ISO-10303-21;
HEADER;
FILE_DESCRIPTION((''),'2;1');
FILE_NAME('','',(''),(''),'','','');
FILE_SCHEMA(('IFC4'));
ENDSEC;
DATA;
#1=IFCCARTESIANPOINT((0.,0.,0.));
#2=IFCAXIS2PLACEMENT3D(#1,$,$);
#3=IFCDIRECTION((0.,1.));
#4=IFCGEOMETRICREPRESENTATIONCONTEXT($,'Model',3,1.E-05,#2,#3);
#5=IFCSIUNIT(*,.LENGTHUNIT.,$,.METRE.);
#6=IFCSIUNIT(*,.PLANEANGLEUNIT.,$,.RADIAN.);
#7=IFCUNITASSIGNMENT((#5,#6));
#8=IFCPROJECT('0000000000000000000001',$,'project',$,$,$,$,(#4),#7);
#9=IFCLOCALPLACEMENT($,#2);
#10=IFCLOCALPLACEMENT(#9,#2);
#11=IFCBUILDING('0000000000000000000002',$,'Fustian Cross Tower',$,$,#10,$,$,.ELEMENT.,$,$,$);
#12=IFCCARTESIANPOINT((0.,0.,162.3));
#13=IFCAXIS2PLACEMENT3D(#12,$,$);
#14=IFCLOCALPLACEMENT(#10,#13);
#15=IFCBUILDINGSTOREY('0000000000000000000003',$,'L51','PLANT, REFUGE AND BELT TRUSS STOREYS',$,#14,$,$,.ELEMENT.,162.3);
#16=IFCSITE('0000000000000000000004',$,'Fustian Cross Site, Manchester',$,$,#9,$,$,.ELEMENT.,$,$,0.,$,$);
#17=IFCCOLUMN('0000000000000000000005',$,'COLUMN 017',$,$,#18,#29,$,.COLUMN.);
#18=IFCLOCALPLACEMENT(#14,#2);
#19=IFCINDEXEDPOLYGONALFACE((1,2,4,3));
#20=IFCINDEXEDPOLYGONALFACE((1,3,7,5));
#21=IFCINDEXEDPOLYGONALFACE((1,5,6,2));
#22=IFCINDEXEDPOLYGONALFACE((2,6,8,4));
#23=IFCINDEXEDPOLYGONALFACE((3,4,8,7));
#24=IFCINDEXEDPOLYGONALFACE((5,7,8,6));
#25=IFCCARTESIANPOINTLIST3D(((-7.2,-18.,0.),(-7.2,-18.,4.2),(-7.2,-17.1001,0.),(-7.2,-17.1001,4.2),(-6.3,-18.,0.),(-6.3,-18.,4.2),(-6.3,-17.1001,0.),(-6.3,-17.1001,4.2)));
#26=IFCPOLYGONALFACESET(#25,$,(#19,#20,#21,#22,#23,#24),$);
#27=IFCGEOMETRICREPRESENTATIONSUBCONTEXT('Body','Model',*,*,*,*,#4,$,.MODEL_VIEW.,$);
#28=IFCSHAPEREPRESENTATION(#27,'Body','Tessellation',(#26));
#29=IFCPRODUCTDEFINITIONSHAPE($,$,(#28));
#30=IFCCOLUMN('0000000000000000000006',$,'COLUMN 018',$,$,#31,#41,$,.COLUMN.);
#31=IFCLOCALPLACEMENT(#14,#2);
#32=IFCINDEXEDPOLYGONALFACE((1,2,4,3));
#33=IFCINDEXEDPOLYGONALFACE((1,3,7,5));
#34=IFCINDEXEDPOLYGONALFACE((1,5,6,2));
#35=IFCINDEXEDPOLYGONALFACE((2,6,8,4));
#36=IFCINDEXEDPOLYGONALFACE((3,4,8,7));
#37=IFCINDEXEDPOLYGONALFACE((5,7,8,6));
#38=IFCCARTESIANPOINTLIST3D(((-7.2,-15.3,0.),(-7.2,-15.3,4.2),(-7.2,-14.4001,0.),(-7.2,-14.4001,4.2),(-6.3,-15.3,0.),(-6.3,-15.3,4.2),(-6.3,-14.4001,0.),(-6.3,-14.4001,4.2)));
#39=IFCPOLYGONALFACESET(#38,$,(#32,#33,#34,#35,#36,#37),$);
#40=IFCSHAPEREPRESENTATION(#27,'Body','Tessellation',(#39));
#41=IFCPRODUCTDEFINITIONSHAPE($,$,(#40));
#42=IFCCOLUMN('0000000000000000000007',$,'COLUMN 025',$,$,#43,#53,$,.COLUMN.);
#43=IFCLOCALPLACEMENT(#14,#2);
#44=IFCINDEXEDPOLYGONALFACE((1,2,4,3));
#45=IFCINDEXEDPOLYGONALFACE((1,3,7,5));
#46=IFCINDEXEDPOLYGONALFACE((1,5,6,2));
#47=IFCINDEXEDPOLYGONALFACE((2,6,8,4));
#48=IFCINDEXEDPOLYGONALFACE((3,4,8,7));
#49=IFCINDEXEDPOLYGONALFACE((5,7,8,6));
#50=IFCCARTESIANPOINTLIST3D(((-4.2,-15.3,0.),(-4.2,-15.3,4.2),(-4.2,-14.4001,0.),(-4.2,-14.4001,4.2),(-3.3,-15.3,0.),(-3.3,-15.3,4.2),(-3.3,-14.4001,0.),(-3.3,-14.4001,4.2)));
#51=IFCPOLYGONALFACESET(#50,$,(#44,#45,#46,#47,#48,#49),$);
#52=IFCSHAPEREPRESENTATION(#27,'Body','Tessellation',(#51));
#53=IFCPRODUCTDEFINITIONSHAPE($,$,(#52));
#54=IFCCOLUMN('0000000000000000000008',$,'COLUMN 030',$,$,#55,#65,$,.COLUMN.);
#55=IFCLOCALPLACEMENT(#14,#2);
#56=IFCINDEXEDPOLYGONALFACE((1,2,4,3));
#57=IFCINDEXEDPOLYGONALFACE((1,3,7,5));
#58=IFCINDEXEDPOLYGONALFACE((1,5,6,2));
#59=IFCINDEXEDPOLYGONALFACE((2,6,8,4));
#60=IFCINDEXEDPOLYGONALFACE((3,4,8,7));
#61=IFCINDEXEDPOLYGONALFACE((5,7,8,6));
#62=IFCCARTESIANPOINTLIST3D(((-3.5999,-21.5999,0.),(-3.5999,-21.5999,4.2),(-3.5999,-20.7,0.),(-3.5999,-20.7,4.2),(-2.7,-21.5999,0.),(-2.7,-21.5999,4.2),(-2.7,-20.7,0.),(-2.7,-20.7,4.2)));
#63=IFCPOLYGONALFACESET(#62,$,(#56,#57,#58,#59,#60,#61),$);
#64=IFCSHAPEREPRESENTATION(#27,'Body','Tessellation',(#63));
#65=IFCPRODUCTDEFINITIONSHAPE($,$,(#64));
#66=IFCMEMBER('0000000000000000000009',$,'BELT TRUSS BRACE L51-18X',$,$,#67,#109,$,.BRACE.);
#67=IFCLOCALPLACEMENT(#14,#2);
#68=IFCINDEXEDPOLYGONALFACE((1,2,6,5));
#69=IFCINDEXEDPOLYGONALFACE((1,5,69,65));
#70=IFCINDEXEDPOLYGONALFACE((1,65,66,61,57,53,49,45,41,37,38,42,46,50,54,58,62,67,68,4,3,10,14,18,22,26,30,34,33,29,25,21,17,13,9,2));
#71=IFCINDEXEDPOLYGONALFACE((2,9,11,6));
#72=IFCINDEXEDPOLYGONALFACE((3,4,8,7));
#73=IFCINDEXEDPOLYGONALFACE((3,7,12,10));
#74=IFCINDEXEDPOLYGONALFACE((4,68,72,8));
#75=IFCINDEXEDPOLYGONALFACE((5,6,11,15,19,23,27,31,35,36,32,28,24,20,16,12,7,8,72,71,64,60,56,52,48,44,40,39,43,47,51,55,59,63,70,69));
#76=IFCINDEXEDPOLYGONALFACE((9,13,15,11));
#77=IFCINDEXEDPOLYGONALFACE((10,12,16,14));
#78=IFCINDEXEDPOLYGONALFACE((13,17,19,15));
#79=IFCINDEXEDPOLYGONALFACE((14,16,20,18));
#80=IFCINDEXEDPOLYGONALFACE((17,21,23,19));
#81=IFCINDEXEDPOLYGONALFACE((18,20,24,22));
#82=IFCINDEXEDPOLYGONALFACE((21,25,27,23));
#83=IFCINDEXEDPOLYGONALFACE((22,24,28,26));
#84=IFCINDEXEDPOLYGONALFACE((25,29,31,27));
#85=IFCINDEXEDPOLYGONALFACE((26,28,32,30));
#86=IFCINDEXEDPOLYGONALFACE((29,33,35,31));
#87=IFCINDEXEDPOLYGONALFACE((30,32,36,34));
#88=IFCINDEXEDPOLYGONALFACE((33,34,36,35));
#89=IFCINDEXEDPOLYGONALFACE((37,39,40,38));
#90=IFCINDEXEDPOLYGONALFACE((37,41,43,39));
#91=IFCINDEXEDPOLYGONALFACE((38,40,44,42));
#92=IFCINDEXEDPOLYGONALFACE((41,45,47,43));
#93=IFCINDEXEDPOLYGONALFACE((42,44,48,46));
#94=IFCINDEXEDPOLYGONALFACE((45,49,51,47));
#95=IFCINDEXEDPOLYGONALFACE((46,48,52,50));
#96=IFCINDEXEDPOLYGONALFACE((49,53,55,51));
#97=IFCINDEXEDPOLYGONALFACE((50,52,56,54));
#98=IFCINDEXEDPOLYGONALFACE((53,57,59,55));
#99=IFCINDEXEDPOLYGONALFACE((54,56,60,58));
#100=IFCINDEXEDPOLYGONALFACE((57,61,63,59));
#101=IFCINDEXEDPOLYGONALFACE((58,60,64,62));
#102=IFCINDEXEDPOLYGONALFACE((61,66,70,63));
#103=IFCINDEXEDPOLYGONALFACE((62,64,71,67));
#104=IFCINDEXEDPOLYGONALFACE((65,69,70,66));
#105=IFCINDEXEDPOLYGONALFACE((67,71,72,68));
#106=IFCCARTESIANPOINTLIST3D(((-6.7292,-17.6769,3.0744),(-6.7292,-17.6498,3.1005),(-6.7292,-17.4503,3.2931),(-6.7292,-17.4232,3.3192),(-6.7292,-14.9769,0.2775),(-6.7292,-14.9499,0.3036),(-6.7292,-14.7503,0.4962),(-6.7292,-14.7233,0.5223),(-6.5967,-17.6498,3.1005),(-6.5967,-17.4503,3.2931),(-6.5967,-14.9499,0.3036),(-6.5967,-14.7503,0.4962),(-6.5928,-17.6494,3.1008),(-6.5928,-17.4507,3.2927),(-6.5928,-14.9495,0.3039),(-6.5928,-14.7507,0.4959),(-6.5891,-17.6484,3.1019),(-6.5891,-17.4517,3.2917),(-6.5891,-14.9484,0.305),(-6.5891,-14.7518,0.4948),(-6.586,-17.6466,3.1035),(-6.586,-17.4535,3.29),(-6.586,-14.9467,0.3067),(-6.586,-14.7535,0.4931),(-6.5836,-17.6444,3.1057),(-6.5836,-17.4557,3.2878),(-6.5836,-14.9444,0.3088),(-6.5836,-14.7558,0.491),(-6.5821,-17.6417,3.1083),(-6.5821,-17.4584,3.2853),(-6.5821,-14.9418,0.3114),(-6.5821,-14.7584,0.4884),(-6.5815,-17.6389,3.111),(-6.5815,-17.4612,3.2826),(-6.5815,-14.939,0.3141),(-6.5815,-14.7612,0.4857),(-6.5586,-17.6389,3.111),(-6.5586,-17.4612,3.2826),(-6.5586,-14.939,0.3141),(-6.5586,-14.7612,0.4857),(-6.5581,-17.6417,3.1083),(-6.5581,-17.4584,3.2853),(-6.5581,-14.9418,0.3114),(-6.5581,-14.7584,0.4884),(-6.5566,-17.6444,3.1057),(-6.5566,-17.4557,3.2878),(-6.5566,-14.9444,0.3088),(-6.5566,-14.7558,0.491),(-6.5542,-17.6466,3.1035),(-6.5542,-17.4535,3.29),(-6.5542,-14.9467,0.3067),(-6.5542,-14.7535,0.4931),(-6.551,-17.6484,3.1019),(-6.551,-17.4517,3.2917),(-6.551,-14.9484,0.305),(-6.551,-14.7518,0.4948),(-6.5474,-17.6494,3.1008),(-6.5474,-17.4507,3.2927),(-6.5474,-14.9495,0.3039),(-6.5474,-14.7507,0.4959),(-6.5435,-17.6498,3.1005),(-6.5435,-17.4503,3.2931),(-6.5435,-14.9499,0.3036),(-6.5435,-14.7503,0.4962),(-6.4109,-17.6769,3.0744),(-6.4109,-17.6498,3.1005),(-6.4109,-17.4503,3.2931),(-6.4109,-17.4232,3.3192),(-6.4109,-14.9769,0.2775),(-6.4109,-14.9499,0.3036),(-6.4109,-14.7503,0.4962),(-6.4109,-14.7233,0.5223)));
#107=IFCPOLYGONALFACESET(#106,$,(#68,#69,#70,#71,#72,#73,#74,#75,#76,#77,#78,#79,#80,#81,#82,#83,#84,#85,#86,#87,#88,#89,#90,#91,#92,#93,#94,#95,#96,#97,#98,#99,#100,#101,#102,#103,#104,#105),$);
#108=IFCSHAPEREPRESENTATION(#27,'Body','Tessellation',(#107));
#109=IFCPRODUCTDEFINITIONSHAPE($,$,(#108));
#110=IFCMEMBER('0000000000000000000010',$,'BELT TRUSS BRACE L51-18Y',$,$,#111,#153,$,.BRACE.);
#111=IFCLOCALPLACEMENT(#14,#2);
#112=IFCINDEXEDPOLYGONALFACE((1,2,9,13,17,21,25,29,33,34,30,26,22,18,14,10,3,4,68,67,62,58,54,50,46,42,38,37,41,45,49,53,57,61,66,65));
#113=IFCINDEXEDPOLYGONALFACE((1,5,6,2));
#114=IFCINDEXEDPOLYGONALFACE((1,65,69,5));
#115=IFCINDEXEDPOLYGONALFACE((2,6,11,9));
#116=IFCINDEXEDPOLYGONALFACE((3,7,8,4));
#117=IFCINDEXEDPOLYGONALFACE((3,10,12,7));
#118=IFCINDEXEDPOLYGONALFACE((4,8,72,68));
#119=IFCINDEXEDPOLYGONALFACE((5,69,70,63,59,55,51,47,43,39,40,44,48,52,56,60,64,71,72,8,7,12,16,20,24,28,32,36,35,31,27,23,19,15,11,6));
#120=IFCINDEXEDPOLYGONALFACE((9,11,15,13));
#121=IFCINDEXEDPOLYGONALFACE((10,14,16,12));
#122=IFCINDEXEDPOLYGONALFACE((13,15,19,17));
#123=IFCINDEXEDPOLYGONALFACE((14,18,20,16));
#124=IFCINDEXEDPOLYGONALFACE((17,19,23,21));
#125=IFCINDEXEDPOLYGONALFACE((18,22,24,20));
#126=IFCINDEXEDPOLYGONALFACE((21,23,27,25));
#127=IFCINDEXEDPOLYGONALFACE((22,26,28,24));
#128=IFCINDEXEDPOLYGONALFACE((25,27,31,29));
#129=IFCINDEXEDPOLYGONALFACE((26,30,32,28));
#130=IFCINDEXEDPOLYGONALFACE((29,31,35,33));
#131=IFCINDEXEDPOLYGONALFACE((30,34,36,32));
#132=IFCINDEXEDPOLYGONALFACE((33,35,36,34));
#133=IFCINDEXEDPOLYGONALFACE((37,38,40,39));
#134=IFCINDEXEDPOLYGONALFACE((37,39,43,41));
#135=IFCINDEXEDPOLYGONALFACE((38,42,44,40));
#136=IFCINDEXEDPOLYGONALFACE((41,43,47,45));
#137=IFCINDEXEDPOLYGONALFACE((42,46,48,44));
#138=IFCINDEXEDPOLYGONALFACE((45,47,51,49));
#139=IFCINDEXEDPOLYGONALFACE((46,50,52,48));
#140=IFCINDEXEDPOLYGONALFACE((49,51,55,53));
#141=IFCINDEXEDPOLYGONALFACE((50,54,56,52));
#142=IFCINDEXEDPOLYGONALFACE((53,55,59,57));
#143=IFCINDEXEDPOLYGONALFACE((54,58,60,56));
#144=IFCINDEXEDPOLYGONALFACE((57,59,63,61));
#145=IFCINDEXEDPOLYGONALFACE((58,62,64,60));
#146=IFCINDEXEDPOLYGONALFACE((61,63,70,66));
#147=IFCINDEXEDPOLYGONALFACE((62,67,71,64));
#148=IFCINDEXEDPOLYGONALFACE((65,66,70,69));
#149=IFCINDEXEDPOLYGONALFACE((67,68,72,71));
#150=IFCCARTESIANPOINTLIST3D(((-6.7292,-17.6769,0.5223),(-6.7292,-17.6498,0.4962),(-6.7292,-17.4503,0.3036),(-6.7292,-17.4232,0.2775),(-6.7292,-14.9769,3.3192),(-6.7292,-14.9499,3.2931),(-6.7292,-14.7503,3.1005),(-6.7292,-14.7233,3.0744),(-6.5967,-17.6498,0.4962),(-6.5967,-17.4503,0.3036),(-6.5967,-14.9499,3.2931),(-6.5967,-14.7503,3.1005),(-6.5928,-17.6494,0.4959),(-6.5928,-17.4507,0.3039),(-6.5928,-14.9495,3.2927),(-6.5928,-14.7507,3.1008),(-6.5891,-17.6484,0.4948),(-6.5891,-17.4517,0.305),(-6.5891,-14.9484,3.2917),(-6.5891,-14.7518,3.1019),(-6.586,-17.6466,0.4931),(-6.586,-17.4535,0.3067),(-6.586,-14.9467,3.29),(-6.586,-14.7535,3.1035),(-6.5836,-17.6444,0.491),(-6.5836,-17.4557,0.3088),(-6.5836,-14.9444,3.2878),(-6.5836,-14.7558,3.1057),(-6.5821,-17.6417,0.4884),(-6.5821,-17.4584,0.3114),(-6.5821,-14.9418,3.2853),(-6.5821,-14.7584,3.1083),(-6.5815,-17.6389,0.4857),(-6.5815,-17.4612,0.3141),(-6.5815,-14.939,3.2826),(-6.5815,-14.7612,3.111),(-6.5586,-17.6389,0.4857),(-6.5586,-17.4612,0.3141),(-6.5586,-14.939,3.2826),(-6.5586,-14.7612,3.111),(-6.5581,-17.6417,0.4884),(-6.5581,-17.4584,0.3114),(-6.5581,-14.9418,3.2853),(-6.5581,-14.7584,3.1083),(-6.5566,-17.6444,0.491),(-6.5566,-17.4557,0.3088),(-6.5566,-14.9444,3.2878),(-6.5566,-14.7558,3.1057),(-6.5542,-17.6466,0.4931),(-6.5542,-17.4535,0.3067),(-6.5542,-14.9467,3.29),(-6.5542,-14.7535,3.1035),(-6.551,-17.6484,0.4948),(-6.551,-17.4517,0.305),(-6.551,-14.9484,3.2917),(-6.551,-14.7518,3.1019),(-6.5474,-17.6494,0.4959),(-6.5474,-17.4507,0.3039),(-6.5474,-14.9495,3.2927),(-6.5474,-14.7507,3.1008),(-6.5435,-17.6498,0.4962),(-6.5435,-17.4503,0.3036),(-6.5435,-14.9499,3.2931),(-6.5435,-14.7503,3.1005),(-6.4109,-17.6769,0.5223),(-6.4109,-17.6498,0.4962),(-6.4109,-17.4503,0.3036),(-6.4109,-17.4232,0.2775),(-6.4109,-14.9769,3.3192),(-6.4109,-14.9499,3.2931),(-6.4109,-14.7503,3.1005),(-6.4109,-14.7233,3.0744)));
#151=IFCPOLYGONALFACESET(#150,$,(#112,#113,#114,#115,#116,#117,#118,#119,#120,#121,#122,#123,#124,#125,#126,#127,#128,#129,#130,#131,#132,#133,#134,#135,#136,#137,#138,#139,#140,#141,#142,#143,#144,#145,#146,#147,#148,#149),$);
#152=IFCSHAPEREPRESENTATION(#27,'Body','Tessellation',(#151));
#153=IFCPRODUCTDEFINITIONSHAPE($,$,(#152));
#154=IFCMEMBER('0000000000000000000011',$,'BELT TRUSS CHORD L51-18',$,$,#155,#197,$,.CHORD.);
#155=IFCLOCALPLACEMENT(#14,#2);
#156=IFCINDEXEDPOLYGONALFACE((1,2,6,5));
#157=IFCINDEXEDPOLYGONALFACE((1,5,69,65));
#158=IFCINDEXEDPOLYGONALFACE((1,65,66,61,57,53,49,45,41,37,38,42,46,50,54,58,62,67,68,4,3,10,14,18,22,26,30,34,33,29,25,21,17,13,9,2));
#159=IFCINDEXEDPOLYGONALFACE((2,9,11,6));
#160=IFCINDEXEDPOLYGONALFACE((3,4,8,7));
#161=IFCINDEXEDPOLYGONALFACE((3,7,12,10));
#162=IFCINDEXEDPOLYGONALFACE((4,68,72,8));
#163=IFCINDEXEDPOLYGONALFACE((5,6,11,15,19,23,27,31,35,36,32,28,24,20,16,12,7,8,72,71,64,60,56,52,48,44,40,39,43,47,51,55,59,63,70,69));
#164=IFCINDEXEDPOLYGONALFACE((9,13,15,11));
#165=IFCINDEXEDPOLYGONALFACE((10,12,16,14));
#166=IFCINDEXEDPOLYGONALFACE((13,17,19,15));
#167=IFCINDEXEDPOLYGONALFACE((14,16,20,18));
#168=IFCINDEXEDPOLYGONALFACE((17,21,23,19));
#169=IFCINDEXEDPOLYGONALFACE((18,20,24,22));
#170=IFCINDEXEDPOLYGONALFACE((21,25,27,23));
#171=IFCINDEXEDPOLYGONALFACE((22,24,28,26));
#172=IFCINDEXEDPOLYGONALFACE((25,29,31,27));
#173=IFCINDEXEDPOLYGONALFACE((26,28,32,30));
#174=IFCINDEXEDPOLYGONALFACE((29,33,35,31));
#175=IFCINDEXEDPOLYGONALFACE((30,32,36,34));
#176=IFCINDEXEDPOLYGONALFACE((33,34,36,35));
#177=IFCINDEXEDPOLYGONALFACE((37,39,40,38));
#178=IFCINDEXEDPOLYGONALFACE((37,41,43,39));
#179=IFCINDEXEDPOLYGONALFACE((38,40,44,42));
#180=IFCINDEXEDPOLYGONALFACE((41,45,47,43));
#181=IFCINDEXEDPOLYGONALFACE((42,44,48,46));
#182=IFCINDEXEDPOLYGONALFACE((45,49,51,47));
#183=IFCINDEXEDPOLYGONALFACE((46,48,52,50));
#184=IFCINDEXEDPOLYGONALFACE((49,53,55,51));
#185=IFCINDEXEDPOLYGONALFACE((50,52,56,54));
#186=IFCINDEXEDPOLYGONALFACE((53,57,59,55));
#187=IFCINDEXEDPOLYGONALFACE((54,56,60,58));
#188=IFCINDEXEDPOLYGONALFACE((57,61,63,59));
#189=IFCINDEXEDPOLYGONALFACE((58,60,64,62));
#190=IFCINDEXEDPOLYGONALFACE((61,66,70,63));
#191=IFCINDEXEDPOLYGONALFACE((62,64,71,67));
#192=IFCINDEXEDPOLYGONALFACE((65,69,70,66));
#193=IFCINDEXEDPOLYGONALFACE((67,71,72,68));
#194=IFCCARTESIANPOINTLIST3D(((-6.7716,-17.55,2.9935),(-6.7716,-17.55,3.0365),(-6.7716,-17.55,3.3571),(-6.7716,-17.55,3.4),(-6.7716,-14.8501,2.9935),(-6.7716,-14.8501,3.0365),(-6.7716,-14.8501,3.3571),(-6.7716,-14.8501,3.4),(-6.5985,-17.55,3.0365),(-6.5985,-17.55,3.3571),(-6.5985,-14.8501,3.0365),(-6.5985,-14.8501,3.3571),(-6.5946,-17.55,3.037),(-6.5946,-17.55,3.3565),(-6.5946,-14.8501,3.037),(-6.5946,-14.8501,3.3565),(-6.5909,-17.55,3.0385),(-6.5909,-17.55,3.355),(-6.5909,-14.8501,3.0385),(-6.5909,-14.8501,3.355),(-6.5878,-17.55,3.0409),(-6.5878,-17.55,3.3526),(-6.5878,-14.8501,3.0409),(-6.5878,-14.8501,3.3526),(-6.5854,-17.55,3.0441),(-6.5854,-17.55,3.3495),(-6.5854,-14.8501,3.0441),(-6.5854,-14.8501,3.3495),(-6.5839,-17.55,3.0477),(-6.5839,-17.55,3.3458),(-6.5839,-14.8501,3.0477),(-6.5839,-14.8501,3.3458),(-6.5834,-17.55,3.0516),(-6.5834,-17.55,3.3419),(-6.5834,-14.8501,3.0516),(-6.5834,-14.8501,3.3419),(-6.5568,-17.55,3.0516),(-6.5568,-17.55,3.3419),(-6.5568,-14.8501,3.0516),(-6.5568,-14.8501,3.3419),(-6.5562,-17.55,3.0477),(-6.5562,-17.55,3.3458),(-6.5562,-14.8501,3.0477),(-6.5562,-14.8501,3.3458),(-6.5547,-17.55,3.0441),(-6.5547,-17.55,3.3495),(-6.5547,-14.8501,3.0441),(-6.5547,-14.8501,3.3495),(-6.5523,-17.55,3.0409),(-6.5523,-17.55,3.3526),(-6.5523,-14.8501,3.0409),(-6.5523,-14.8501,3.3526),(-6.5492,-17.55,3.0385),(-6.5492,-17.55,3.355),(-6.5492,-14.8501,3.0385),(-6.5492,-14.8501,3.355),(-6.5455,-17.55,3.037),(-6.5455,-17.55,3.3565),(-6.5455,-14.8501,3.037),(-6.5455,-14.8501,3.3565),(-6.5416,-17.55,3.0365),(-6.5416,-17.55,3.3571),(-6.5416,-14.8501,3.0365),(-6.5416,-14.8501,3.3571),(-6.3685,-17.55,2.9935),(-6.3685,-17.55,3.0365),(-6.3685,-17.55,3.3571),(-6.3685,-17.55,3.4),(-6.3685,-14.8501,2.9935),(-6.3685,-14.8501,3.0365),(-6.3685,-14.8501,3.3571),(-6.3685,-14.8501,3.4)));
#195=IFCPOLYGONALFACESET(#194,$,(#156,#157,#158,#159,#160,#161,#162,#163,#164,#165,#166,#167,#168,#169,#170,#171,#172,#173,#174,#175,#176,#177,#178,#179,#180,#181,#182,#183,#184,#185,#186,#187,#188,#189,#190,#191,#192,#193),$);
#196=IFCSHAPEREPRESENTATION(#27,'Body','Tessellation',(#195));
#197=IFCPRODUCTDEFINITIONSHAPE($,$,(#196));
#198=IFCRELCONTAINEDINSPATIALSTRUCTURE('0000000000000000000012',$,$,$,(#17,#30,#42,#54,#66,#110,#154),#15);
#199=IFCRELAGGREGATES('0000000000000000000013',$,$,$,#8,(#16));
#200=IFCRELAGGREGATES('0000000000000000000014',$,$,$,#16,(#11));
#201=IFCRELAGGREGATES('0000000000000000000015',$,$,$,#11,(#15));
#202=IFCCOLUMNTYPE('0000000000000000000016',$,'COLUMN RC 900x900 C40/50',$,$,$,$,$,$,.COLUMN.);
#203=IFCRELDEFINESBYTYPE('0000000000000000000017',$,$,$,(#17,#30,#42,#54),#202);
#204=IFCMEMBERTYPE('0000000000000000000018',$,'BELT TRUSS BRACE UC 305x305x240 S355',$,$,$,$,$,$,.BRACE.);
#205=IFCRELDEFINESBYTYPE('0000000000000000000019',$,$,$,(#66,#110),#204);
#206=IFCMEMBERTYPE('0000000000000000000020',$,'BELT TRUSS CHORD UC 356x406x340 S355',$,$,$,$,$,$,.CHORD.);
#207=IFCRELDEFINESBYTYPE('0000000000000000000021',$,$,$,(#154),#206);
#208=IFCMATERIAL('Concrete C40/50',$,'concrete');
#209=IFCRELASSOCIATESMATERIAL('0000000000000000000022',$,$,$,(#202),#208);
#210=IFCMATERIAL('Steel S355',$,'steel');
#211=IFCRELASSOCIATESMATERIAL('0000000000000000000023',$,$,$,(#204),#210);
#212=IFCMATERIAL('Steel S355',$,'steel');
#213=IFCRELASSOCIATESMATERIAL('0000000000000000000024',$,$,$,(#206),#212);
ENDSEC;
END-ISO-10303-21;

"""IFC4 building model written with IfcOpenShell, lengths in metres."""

from ifc_helpers import new_model, si_unit, direction, frame, origin, origin_2d, place, context, subcontext, project, spatial, rectangle, i_section, extrude, material, material_profile, profile_set, type_object, element, save


model = new_model("IFC4")

# Units and contexts
model_context = context("Model", 3, precision=1e-05, world=origin(), true_north=direction((0.0, 1.0)))
body_context = subcontext(model_context, "Body", "Model", "MODEL_VIEW")
ifc_project = project(units=[si_unit("LENGTHUNIT", "METRE"), si_unit("PLANEANGLEUNIT", "RADIAN")], contexts=[model_context])

# Site, building, storey
site_placement = place(None, origin())
site = spatial("IfcSite", under=ifc_project, at=site_placement, Name="Fustian Cross Site, Manchester", CompositionType="ELEMENT", RefElevation=0.0)
building_placement = place(site_placement, origin())
building = spatial("IfcBuilding", under=site, at=building_placement, Name="Fustian Cross Tower", CompositionType="ELEMENT")
storey_placement = place(building_placement, frame((0.0, 0.0, 162.3)))
storey = spatial("IfcBuildingStorey", under=building, at=storey_placement, Name="L51", Description="PLANT, REFUGE AND BELT TRUSS STOREYS", CompositionType="ELEMENT", Elevation=162.3)

# Columns
ifc_material_1 = material(Name="Concrete C40/50", Category="concrete")
ifc_material_profile_1 = material_profile(ifc_material_1, rectangle(XDim=0.8999, YDim=0.8999, at=origin_2d()), Name="RC 900x900")
ifc_profile_set_1 = profile_set([ifc_material_profile_1], Name="Concrete C40/50")
column_type = type_object("IfcColumnType", Name="COLUMN RC 900x900 C40/50", PredefinedType="COLUMN", material=ifc_profile_set_1)
for number, where, z_axis, x_axis, name in (
    (1, (-6.75, -17.55, 0.0), (0.0, 0.0, 1.0), (1.0, 0.0, 0.0), "COLUMN 017"),
    (2, (-6.75, -14.8501, 0.0), (0.0, 0.0, 1.0), (1.0, 0.0, 0.0), "COLUMN 018"),
    (3, (-3.75, -14.8501, 0.0), (0.0, 0.0, 1.0), (1.0, 0.0, 0.0), "COLUMN 025"),
    (4, (-3.1499, -21.1499, 0.0), (0.0, 0.0, 1.0), (1.0, 0.0, 0.0), "COLUMN 030"),
):
    element("IfcColumn", number, at=place(storey_placement, frame(where, z_axis=z_axis, x_axis=x_axis)), inside=storey, type_object=column_type, Name=name, PredefinedType="COLUMN", context=body_context, shape_type="SweptSolid", body=[
        extrude(rectangle(XDim=0.8999, YDim=0.8999, at=origin_2d()), origin(), (0.0, 0.0, 1.0), 4.2),
    ])

# Members
ifc_material_2 = material(Name="Steel S355", Category="steel")
ifc_material_profile_2 = material_profile(ifc_material_2, i_section(OverallWidth=0.3184, OverallDepth=0.3525, WebThickness=0.0229, FlangeThickness=0.0376, FilletRadius=0.0151, at=origin_2d()), Name="UC 305x305x240")
ifc_profile_set_2 = profile_set([ifc_material_profile_2], Name="Steel S355")
member_type_1 = type_object("IfcMemberType", Name="BELT TRUSS BRACE UC 305x305x240 S355", PredefinedType="BRACE", material=ifc_profile_set_2)
for number, where, z_axis, x_axis, name in (
    (5, (-6.5701, -14.8501, 0.3999), (0.0, -0.694531, 0.719463), (1.0, 0.0, 0.0), "BELT TRUSS BRACE L51-18X"),
    (6, (-6.5701, -14.8501, 3.1968), (0.0, -0.694531, -0.719463), (1.0, 0.0, 0.0), "BELT TRUSS BRACE L51-18Y"),
):
    element("IfcMember", number, at=place(storey_placement, frame(where, z_axis=z_axis, x_axis=x_axis)), inside=storey, type_object=member_type_1, Name=name, PredefinedType="BRACE", context=body_context, shape_type="SweptSolid", body=[
        extrude(i_section(OverallWidth=0.3184, OverallDepth=0.3525, WebThickness=0.0229, FlangeThickness=0.0376, FilletRadius=0.0151, at=origin_2d()), origin(), (0.0, 0.0, 1.0), 3.8875),
    ])
ifc_material_3 = material(Name="Steel S355", Category="steel")
ifc_material_profile_3 = material_profile(ifc_material_3, i_section(OverallWidth=0.4031, OverallDepth=0.4065, WebThickness=0.0266, FlangeThickness=0.043, FilletRadius=0.0151, at=origin_2d()), Name="UC 356x406x340")
ifc_profile_set_3 = profile_set([ifc_material_profile_3], Name="Steel S355")
member_type_2 = type_object("IfcMemberType", Name="BELT TRUSS CHORD UC 356x406x340 S355", PredefinedType="CHORD", material=ifc_profile_set_3)
for number, where, z_axis, x_axis, name in (
    (7, (-6.5701, -14.8501, 3.1968), (0.0, -1.0, 0.0), (1.0, 0.0, 0.0), "BELT TRUSS CHORD L51-18"),
):
    element("IfcMember", number, at=place(storey_placement, frame(where, z_axis=z_axis, x_axis=x_axis)), inside=storey, type_object=member_type_2, Name=name, PredefinedType="CHORD", context=body_context, shape_type="SweptSolid", body=[
        extrude(i_section(OverallWidth=0.4031, OverallDepth=0.4065, WebThickness=0.0266, FlangeThickness=0.043, FilletRadius=0.0151, at=origin_2d()), origin(), (0.0, 0.0, 1.0), 2.7),
    ])

save(model, "model.ifc")
